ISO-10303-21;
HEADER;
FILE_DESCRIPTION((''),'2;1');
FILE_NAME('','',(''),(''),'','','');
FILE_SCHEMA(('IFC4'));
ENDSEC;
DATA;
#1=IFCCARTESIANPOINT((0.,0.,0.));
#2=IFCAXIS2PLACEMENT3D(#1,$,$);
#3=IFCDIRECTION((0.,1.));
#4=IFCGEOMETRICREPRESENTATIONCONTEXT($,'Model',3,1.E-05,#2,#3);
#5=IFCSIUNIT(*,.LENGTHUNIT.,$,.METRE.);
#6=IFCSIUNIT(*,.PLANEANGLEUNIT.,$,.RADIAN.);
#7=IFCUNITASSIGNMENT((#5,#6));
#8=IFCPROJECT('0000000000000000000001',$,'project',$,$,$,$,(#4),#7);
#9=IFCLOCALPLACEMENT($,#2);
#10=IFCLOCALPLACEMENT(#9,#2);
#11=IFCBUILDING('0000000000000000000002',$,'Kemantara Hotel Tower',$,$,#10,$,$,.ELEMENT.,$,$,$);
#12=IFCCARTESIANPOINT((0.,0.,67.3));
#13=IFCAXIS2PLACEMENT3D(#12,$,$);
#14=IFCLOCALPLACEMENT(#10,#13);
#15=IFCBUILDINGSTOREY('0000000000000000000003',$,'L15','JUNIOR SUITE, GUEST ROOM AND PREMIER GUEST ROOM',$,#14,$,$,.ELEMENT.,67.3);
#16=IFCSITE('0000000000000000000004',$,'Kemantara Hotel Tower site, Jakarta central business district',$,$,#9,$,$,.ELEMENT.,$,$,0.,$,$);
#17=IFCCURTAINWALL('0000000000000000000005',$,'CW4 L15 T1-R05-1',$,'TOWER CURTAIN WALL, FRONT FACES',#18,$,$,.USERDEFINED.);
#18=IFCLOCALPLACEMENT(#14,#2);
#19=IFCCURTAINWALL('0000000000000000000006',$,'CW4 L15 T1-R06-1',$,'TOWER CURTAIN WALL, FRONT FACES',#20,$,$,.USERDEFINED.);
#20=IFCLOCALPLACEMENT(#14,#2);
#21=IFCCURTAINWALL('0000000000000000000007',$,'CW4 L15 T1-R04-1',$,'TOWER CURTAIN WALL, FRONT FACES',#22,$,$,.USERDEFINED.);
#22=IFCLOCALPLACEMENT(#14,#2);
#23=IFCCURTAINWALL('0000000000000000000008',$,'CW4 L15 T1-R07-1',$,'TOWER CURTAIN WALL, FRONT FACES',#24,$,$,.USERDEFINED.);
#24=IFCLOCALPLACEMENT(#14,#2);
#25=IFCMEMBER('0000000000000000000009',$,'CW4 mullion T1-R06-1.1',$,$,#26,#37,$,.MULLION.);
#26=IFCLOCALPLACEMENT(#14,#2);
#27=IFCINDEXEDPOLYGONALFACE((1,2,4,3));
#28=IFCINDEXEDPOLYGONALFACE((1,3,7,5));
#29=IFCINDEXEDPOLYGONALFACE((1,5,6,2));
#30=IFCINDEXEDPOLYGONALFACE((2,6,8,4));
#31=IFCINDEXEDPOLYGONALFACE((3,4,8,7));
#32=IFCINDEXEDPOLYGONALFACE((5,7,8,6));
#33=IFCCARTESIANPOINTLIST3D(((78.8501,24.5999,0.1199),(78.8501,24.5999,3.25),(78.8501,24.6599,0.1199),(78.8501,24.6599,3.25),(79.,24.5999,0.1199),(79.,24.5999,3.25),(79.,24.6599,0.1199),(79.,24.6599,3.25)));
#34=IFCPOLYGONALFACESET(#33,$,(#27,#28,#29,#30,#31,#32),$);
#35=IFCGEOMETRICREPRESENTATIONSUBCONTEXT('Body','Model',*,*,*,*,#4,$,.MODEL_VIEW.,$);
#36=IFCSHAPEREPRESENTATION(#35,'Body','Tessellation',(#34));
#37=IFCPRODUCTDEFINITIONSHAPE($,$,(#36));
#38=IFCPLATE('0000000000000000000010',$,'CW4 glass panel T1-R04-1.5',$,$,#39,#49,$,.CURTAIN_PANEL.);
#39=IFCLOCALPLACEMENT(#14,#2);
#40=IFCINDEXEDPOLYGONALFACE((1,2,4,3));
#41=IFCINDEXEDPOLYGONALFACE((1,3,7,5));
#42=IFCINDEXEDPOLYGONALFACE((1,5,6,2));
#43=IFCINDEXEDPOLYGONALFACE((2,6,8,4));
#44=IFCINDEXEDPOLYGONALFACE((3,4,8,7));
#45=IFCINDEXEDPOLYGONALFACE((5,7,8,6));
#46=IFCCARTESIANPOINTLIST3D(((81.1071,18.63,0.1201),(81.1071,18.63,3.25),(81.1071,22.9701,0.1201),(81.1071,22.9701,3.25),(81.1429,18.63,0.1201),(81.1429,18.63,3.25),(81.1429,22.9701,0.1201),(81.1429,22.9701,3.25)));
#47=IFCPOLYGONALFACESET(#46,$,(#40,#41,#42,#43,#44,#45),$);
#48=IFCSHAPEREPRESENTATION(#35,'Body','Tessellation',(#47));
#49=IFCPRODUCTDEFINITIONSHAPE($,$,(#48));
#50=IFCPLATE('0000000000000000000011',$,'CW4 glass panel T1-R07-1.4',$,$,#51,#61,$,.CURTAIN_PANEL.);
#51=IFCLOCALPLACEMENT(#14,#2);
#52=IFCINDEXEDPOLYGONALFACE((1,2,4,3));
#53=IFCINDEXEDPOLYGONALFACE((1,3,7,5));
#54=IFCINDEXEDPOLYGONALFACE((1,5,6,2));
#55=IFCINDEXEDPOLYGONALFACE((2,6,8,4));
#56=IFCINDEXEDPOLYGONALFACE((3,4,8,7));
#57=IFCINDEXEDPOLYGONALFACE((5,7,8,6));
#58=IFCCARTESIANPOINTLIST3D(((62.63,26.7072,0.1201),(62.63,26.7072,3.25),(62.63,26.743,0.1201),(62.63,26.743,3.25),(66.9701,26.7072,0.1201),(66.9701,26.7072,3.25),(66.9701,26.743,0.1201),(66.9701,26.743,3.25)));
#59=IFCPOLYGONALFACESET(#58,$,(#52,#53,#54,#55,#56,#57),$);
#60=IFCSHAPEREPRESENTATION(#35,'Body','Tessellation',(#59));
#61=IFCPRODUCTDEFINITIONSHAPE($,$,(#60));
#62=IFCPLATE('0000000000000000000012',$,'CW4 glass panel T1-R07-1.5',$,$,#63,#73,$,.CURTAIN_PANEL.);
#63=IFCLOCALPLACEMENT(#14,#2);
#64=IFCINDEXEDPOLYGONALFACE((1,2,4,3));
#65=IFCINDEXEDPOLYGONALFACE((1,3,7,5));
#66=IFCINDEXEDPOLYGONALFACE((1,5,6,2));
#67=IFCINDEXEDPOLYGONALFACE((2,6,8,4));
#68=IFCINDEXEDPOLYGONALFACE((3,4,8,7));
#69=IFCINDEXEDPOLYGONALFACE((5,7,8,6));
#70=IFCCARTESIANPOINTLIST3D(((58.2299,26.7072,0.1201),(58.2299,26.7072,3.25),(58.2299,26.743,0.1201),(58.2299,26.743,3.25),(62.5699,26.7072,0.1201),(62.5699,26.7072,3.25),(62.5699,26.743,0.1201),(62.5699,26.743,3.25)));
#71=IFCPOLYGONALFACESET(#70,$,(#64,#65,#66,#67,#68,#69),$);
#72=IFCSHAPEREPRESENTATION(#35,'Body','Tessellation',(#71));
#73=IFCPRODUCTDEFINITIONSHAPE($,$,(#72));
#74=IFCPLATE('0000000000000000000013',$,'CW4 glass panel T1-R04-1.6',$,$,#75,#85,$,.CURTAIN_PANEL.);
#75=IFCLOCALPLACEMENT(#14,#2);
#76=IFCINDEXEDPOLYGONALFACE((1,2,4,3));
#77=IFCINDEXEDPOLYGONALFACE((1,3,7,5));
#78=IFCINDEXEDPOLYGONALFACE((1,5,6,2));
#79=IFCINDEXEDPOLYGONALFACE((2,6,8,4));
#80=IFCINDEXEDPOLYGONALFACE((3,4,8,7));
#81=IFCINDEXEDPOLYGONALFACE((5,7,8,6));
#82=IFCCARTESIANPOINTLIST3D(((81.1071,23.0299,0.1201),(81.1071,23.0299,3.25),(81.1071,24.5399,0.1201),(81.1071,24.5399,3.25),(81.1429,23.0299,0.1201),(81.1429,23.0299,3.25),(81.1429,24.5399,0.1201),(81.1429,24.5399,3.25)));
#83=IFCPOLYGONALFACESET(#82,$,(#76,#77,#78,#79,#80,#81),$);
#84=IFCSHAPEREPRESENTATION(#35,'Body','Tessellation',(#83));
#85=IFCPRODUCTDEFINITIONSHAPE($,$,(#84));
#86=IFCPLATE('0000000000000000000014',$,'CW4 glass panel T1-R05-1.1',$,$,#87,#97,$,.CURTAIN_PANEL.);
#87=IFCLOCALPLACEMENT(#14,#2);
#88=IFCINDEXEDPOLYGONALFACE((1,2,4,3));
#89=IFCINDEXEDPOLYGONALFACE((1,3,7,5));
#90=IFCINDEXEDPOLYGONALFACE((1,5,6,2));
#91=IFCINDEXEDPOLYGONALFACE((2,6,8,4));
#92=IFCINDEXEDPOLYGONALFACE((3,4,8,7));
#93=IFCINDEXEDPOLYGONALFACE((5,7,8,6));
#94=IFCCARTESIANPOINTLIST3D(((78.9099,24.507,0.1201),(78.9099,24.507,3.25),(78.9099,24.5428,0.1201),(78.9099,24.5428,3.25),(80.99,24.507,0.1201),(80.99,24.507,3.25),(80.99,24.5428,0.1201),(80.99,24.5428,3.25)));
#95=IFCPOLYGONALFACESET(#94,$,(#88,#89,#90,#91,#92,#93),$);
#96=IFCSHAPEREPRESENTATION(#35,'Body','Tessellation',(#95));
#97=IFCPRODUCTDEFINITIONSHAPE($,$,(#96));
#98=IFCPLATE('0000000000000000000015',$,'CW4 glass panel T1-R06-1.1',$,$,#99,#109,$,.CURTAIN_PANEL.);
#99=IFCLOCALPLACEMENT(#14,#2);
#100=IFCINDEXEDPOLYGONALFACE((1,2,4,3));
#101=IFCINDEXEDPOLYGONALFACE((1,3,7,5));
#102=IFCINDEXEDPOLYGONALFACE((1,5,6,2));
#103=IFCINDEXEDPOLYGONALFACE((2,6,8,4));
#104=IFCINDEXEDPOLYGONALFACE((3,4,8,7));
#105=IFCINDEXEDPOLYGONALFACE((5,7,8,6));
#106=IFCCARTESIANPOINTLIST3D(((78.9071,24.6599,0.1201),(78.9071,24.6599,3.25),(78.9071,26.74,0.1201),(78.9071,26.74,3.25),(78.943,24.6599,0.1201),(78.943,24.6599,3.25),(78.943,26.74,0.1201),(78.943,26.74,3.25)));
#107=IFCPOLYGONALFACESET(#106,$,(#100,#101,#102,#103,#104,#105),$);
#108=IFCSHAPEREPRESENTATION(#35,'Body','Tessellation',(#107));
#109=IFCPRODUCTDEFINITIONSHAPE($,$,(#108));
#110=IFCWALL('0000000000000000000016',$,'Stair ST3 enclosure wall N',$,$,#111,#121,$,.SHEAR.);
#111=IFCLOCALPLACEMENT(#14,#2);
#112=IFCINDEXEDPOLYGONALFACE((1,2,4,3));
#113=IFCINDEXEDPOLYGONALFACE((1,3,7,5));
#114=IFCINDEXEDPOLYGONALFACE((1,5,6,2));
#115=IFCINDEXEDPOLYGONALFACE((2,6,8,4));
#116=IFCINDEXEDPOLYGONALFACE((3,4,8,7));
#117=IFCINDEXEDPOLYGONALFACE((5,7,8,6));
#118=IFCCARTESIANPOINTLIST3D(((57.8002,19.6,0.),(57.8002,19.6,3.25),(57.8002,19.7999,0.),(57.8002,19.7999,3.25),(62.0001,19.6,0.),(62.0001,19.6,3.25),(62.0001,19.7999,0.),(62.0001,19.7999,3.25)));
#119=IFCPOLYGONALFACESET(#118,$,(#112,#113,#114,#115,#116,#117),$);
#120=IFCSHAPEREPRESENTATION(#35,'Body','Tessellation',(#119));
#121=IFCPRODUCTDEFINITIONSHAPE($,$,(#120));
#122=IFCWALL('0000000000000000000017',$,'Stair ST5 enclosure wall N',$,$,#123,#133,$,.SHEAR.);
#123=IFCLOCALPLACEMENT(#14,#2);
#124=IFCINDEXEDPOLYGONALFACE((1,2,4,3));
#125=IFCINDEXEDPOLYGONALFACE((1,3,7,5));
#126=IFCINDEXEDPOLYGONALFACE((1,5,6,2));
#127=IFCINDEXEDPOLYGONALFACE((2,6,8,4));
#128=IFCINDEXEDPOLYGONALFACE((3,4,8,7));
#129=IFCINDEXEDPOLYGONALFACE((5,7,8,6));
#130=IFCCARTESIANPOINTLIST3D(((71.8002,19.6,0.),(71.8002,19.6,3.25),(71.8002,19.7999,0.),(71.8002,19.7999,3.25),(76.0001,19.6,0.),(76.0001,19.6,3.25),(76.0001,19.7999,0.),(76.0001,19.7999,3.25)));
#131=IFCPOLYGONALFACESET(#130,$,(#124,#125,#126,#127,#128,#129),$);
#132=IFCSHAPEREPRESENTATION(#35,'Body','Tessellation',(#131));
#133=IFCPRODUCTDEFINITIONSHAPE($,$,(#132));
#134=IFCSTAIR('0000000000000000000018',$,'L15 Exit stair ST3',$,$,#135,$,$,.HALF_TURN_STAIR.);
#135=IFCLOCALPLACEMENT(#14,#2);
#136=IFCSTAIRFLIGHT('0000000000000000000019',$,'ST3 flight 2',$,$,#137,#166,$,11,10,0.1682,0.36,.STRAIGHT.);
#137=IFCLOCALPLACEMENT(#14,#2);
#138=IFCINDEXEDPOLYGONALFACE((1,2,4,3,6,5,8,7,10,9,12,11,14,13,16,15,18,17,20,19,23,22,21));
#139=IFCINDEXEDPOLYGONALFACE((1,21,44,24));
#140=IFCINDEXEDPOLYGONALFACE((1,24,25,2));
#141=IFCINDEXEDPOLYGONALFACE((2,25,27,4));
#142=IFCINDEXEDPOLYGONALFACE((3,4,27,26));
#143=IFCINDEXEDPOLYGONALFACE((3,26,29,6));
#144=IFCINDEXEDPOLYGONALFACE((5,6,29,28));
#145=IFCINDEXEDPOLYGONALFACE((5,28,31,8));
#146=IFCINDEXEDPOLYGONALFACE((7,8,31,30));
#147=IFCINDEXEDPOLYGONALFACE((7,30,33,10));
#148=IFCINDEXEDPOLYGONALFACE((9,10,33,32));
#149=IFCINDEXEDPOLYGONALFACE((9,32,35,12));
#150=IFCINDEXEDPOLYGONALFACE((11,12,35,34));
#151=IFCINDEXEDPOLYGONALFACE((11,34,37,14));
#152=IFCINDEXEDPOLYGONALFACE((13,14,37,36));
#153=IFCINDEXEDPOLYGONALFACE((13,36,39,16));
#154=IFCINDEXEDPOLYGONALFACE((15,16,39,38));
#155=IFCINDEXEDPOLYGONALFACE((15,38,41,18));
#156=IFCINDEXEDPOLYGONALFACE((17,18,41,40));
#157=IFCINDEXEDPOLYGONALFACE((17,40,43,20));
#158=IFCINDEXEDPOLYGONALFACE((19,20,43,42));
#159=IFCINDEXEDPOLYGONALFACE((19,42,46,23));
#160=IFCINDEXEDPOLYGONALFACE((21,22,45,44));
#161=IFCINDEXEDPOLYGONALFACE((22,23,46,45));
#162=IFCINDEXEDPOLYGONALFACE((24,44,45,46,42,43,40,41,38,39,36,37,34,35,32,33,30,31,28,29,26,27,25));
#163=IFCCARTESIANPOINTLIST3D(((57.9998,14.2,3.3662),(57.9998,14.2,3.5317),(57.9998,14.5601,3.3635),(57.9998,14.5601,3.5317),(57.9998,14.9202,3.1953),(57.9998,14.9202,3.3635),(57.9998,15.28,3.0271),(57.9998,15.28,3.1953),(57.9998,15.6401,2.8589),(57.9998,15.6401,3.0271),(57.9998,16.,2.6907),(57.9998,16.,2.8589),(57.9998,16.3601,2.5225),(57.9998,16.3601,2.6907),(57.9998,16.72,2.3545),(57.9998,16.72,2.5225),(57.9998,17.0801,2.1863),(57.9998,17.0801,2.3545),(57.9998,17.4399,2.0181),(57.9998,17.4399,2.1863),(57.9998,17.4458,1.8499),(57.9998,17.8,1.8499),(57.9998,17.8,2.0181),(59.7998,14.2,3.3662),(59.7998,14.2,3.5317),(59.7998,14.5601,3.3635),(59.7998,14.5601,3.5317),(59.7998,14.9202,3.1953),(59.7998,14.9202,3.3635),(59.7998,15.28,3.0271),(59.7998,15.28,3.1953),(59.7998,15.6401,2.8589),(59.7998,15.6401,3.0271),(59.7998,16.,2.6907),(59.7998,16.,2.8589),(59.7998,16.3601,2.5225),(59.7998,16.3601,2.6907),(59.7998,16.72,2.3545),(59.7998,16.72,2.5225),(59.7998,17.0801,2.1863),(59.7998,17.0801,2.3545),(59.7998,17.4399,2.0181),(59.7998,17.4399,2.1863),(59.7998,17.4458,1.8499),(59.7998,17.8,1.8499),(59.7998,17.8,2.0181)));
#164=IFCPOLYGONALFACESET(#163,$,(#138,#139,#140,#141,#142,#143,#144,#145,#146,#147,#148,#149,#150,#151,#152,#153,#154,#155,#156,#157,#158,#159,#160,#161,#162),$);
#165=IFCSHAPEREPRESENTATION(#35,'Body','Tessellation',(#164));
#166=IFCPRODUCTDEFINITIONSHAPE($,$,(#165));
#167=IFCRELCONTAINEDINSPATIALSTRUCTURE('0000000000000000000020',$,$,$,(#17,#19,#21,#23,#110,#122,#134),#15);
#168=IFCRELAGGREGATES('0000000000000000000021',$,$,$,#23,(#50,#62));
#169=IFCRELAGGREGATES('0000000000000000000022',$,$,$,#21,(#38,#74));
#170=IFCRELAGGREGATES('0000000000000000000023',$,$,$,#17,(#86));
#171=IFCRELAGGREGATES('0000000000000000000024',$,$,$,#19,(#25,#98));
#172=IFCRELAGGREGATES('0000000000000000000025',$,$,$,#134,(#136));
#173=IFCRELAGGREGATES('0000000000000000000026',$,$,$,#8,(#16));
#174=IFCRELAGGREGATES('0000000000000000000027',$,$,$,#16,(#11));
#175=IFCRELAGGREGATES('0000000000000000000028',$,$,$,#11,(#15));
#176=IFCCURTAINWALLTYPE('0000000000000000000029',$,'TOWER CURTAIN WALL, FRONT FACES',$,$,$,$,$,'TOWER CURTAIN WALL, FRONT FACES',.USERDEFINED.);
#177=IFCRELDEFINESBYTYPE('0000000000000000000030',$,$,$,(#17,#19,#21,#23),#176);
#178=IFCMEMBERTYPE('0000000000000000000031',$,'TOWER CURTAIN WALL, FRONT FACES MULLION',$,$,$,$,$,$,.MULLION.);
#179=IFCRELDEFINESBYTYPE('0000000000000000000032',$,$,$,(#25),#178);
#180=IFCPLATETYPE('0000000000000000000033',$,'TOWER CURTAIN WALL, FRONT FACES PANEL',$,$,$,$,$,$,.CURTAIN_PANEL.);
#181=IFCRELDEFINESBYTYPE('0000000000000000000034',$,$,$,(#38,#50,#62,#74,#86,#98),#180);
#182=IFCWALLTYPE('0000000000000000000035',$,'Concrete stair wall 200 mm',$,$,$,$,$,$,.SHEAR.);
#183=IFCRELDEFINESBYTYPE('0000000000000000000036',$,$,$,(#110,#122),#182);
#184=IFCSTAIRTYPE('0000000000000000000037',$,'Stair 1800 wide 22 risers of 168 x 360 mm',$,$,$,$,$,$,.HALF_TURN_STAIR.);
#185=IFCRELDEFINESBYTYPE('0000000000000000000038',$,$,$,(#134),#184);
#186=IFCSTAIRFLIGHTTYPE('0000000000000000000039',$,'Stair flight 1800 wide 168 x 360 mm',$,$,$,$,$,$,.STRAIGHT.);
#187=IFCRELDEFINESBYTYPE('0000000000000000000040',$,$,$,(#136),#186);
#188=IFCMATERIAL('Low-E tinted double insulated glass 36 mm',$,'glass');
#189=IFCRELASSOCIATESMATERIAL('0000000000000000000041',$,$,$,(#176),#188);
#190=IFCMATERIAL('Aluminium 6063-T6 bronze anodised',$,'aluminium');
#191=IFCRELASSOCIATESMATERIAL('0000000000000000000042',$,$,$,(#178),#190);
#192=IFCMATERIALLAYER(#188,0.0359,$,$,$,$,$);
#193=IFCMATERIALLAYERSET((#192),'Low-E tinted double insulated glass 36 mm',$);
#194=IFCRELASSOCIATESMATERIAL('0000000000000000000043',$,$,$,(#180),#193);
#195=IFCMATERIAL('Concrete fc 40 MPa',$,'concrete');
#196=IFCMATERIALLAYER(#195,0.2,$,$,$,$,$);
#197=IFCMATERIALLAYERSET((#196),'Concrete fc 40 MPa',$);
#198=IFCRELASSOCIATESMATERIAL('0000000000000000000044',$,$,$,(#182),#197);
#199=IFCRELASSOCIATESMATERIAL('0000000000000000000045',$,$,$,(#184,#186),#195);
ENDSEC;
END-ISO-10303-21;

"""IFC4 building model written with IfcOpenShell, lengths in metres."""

from ifc_helpers import new_model, si_unit, direction, frame, frame_2d, origin, origin_2d, place, context, subcontext, project, spatial, polyline, rectangle, outline, extrude, source, transform, mapped, material, layer, layer_set, material_profile, profile_set, type_object, element, aggregate, save


model = new_model("IFC4")

# Units and contexts
model_context = context("Model", 3, precision=1e-05, world=origin(), true_north=direction((0.0, 1.0)))
body_context = subcontext(model_context, "Body", "Model", "MODEL_VIEW")
ifc_project = project(units=[si_unit("LENGTHUNIT", "METRE"), si_unit("PLANEANGLEUNIT", "RADIAN")], contexts=[model_context])

# Site, building, storey
site_placement = place(None, origin())
site = spatial("IfcSite", under=ifc_project, at=site_placement, Name="Kemantara Hotel Tower site, Jakarta central business district", CompositionType="ELEMENT", RefElevation=0.0)
building_placement = place(site_placement, origin())
building = spatial("IfcBuilding", under=site, at=building_placement, Name="Kemantara Hotel Tower", CompositionType="ELEMENT")
storey_placement = place(building_placement, frame((0.0, 0.0, 67.3)))
storey = spatial("IfcBuildingStorey", under=building, at=storey_placement, Name="L15", Description="JUNIOR SUITE, GUEST ROOM AND PREMIER GUEST ROOM", CompositionType="ELEMENT", Elevation=67.3)

# Curtain walls
ifc_material_1 = material(Name="Low-E tinted double insulated glass 36 mm", Category="glass")
curtain_wall_type = type_object("IfcCurtainWallType", Name="TOWER CURTAIN WALL, FRONT FACES", ElementType="TOWER CURTAIN WALL, FRONT FACES", PredefinedType="USERDEFINED", material=ifc_material_1)
curtain_wall_1_placement = place(storey_placement, origin())
curtain_wall_1 = element("IfcCurtainWall", 1, at=curtain_wall_1_placement, inside=storey, type_object=curtain_wall_type, Name="CW4 L15 T1-R05-1", ObjectType="TOWER CURTAIN WALL, FRONT FACES", PredefinedType="USERDEFINED")
ifc_material_2 = material(Name="Aluminium 6063-T6 bronze anodised", Category="aluminium")
curtain_wall_2_placement = place(storey_placement, origin())
curtain_wall_2 = element("IfcCurtainWall", 2, at=curtain_wall_2_placement, inside=storey, type_object=curtain_wall_type, Name="CW4 L15 T1-R06-1", ObjectType="TOWER CURTAIN WALL, FRONT FACES", PredefinedType="USERDEFINED")

# Curtain walls
curtain_wall_3_placement = place(storey_placement, origin())
curtain_wall_3 = element("IfcCurtainWall", 3, at=curtain_wall_3_placement, inside=storey, type_object=curtain_wall_type, Name="CW4 L15 T1-R04-1", ObjectType="TOWER CURTAIN WALL, FRONT FACES", PredefinedType="USERDEFINED")
ifc_material_profile_1 = material_profile(ifc_material_2, rectangle(XDim=0.1499, YDim=0.0601, at=origin_2d()), Name="TOWER CURTAIN WALL, FRONT FACES MULLION")
ifc_profile_set_1 = profile_set([ifc_material_profile_1], Name="Aluminium 6063-T6 bronze anodised")
member_type_1 = type_object("IfcMemberType", Name="TOWER CURTAIN WALL, FRONT FACES MULLION", PredefinedType="MULLION", material=ifc_profile_set_1)
shared_shape_1 = source(origin(), body_context, "Body", "SweptSolid", [
    extrude(rectangle(XDim=0.1499, YDim=0.0601, at=origin_2d()), origin(), (0.0, 0.0, 1.0), 3.1301),
])
curtain_wall_4_placement = place(storey_placement, origin())
curtain_wall_4 = element("IfcCurtainWall", 4, at=curtain_wall_4_placement, inside=storey, type_object=curtain_wall_type, Name="CW4 L15 T1-R07-1", ObjectType="TOWER CURTAIN WALL, FRONT FACES", PredefinedType="USERDEFINED")

# Member
member_1_placement = place(storey_placement, frame((78.925, 24.6299, 0.1199), z_axis=(0.0, 0.0, 1.0), x_axis=(-1.0, 0.0, 0.0)))
member_1 = element("IfcMember", 5, at=member_1_placement, type_object=member_type_1, Name="CW4 mullion T1-R06-1.1", PredefinedType="MULLION", context=body_context, shape_type="MappedRepresentation", body=[
    mapped(shared_shape_1, transform((0.0, 0.0, 0.0))),
])

# Plates
ifc_layer_1 = layer(ifc_material_1, 0.0359)
ifc_layer_set_1 = layer_set([ifc_layer_1], Name="Low-E tinted double insulated glass 36 mm")
plate_type = type_object("IfcPlateType", Name="TOWER CURTAIN WALL, FRONT FACES PANEL", PredefinedType="CURTAIN_PANEL", material=ifc_layer_set_1)
shared_shape_2 = source(origin(), body_context, "Body", "SweptSolid", [
    extrude(rectangle(XDim=4.3401, YDim=0.0359, at=origin_2d()), origin(), (0.0, 0.0, 1.0), 3.1299),
])
plate_1_placement = place(storey_placement, frame((81.125, 20.8, 0.1201), z_axis=(0.0, 0.0, 1.0), x_axis=(0.0, 1.0, 0.0)))
plate_1 = element("IfcPlate", 6, at=plate_1_placement, type_object=plate_type, Name="CW4 glass panel T1-R04-1.5", PredefinedType="CURTAIN_PANEL", context=body_context, shape_type="MappedRepresentation", body=[
    mapped(shared_shape_2, transform((0.0, 0.0, 0.0))),
])
plate_2_placement = place(storey_placement, frame((64.8, 26.7251, 0.1201), z_axis=(0.0, 0.0, 1.0), x_axis=(-1.0, 0.0, 0.0)))
plate_2 = element("IfcPlate", 7, at=plate_2_placement, type_object=plate_type, Name="CW4 glass panel T1-R07-1.4", PredefinedType="CURTAIN_PANEL", context=body_context, shape_type="MappedRepresentation", body=[
    mapped(shared_shape_2, transform((0.0, 0.0, 0.0))),
])
plate_3_placement = place(storey_placement, frame((60.3999, 26.7251, 0.1201), z_axis=(0.0, 0.0, 1.0), x_axis=(-1.0, 0.0, 0.0)))
plate_3 = element("IfcPlate", 8, at=plate_3_placement, type_object=plate_type, Name="CW4 glass panel T1-R07-1.5", PredefinedType="CURTAIN_PANEL", context=body_context, shape_type="MappedRepresentation", body=[
    mapped(shared_shape_2, transform((0.0, 0.0, 0.0))),
])
aggregate(curtain_wall_4, [plate_2, plate_3])
shared_shape_3 = source(origin(), body_context, "Body", "SweptSolid", [
    extrude(rectangle(XDim=1.51, YDim=0.0359, at=origin_2d()), origin(), (0.0, 0.0, 1.0), 3.1299),
])
plate_4_placement = place(storey_placement, frame((81.125, 23.7849, 0.1201), z_axis=(0.0, 0.0, 1.0), x_axis=(0.0, 1.0, 0.0)))
plate_4 = element("IfcPlate", 9, at=plate_4_placement, type_object=plate_type, Name="CW4 glass panel T1-R04-1.6", PredefinedType="CURTAIN_PANEL", context=body_context, shape_type="MappedRepresentation", body=[
    mapped(shared_shape_3, transform((0.0, 0.0, 0.0))),
])
aggregate(curtain_wall_3, [plate_1, plate_4])
shared_shape_4 = source(origin(), body_context, "Body", "SweptSolid", [
    extrude(rectangle(XDim=2.0801, YDim=0.0359, at=origin_2d()), origin(), (0.0, 0.0, 1.0), 3.1299),
])
plate_5_placement = place(storey_placement, frame((79.95, 24.5249, 0.1201), z_axis=(0.0, 0.0, 1.0), x_axis=(-1.0, 0.0, 0.0)))
plate_5 = element("IfcPlate", 10, at=plate_5_placement, type_object=plate_type, Name="CW4 glass panel T1-R05-1.1", PredefinedType="CURTAIN_PANEL", context=body_context, shape_type="MappedRepresentation", body=[
    mapped(shared_shape_4, transform((0.0, 0.0, 0.0))),
])
aggregate(curtain_wall_1, [plate_5])
plate_6_placement = place(storey_placement, frame((78.925, 25.7, 0.1201), z_axis=(0.0, 0.0, 1.0), x_axis=(0.0, 1.0, 0.0)))
plate_6 = element("IfcPlate", 11, at=plate_6_placement, type_object=plate_type, Name="CW4 glass panel T1-R06-1.1", PredefinedType="CURTAIN_PANEL", context=body_context, shape_type="MappedRepresentation", body=[
    mapped(shared_shape_4, transform((0.0, 0.0, 0.0))),
])
aggregate(curtain_wall_2, [member_1, plate_6])

# Walls
ifc_material_3 = material(Name="Concrete fc 40 MPa", Category="concrete")
ifc_layer_2 = layer(ifc_material_3, 0.2)
ifc_layer_set_2 = layer_set([ifc_layer_2], Name="Concrete fc 40 MPa")
wall_type = type_object("IfcWallType", Name="Concrete stair wall 200 mm", PredefinedType="SHEAR", material=ifc_layer_set_2)
for number, where, z_axis, x_axis, name in (
    (12, (57.8, 19.7, 0.0), (0.0, 0.0, 1.0), (1.0, 0.0, 0.0), "Stair ST3 enclosure wall N"),
    (13, (71.8, 19.7, 0.0), (0.0, 0.0, 1.0), (1.0, 0.0, 0.0), "Stair ST5 enclosure wall N"),
):
    element("IfcWall", number, at=place(storey_placement, frame(where, z_axis=z_axis, x_axis=x_axis)), inside=storey, type_object=wall_type, Name=name, PredefinedType="SHEAR", context=body_context, shape_type="SweptSolid", body=[
        extrude(rectangle(XDim=4.2, YDim=0.2, at=frame_2d((2.1001, 0.0))), origin(), (0.0, 0.0, 1.0), 3.25),
    ])

# Stair, stair flight
stair_type = type_object("IfcStairType", Name="Stair 1800 wide 22 risers of 168 x 360 mm", PredefinedType="HALF_TURN_STAIR", material=ifc_material_3)
stair_1_placement = place(storey_placement, origin())
stair_1 = element("IfcStair", 14, at=stair_1_placement, inside=storey, type_object=stair_type, Name="L15 Exit stair ST3", PredefinedType="HALF_TURN_STAIR")
stair_flight_type = type_object("IfcStairFlightType", Name="Stair flight 1800 wide 168 x 360 mm", PredefinedType="STRAIGHT", material=ifc_material_3)
stair_flight_1_placement = place(storey_placement, frame((58.8999, 17.8, 1.8499), z_axis=(0.0, 0.0, 1.0), x_axis=(0.0, -1.0, 0.0)))
stair_flight_1 = element("IfcStairFlight", 15, at=stair_flight_1_placement, type_object=stair_flight_type, Name="ST3 flight 2", NumberOfRisers=11, NumberOfTreads=10, PredefinedType="STRAIGHT", RiserHeight=0.1682, TreadLength=0.36, context=body_context, shape_type="SweptSolid", body=[
    extrude(outline(polyline([(0.0, 0.0), (0.0, 0.1682), (0.3601, 0.1682), (0.3601, 0.3364), (0.72, 0.3364), (0.72, 0.5046), (1.0801, 0.5046), (1.0801, 0.6726), (1.4399, 0.6726), (1.4399, 0.8408), (1.8, 0.8408), (1.8, 1.009), (2.1599, 1.009), (2.1599, 1.1772), (2.52, 1.1772), (2.52, 1.3455), (2.8799, 1.3455), (2.8799, 1.5137), (3.24, 1.5137), (3.24, 1.6819), (3.6001, 1.6819), (3.6001, 1.8501), (3.6001, 1.5164), (0.3542, 0.0), (0.0, 0.0)])), frame((0.0, 0.8999, 0.0), z_axis=(0.0, -1.0, 0.0), x_axis=(1.0, 0.0, 0.0)), (0.0, 0.0, 1.0), 1.8),
])
aggregate(stair_1, [stair_flight_1])

save(model, "model.ifc")
